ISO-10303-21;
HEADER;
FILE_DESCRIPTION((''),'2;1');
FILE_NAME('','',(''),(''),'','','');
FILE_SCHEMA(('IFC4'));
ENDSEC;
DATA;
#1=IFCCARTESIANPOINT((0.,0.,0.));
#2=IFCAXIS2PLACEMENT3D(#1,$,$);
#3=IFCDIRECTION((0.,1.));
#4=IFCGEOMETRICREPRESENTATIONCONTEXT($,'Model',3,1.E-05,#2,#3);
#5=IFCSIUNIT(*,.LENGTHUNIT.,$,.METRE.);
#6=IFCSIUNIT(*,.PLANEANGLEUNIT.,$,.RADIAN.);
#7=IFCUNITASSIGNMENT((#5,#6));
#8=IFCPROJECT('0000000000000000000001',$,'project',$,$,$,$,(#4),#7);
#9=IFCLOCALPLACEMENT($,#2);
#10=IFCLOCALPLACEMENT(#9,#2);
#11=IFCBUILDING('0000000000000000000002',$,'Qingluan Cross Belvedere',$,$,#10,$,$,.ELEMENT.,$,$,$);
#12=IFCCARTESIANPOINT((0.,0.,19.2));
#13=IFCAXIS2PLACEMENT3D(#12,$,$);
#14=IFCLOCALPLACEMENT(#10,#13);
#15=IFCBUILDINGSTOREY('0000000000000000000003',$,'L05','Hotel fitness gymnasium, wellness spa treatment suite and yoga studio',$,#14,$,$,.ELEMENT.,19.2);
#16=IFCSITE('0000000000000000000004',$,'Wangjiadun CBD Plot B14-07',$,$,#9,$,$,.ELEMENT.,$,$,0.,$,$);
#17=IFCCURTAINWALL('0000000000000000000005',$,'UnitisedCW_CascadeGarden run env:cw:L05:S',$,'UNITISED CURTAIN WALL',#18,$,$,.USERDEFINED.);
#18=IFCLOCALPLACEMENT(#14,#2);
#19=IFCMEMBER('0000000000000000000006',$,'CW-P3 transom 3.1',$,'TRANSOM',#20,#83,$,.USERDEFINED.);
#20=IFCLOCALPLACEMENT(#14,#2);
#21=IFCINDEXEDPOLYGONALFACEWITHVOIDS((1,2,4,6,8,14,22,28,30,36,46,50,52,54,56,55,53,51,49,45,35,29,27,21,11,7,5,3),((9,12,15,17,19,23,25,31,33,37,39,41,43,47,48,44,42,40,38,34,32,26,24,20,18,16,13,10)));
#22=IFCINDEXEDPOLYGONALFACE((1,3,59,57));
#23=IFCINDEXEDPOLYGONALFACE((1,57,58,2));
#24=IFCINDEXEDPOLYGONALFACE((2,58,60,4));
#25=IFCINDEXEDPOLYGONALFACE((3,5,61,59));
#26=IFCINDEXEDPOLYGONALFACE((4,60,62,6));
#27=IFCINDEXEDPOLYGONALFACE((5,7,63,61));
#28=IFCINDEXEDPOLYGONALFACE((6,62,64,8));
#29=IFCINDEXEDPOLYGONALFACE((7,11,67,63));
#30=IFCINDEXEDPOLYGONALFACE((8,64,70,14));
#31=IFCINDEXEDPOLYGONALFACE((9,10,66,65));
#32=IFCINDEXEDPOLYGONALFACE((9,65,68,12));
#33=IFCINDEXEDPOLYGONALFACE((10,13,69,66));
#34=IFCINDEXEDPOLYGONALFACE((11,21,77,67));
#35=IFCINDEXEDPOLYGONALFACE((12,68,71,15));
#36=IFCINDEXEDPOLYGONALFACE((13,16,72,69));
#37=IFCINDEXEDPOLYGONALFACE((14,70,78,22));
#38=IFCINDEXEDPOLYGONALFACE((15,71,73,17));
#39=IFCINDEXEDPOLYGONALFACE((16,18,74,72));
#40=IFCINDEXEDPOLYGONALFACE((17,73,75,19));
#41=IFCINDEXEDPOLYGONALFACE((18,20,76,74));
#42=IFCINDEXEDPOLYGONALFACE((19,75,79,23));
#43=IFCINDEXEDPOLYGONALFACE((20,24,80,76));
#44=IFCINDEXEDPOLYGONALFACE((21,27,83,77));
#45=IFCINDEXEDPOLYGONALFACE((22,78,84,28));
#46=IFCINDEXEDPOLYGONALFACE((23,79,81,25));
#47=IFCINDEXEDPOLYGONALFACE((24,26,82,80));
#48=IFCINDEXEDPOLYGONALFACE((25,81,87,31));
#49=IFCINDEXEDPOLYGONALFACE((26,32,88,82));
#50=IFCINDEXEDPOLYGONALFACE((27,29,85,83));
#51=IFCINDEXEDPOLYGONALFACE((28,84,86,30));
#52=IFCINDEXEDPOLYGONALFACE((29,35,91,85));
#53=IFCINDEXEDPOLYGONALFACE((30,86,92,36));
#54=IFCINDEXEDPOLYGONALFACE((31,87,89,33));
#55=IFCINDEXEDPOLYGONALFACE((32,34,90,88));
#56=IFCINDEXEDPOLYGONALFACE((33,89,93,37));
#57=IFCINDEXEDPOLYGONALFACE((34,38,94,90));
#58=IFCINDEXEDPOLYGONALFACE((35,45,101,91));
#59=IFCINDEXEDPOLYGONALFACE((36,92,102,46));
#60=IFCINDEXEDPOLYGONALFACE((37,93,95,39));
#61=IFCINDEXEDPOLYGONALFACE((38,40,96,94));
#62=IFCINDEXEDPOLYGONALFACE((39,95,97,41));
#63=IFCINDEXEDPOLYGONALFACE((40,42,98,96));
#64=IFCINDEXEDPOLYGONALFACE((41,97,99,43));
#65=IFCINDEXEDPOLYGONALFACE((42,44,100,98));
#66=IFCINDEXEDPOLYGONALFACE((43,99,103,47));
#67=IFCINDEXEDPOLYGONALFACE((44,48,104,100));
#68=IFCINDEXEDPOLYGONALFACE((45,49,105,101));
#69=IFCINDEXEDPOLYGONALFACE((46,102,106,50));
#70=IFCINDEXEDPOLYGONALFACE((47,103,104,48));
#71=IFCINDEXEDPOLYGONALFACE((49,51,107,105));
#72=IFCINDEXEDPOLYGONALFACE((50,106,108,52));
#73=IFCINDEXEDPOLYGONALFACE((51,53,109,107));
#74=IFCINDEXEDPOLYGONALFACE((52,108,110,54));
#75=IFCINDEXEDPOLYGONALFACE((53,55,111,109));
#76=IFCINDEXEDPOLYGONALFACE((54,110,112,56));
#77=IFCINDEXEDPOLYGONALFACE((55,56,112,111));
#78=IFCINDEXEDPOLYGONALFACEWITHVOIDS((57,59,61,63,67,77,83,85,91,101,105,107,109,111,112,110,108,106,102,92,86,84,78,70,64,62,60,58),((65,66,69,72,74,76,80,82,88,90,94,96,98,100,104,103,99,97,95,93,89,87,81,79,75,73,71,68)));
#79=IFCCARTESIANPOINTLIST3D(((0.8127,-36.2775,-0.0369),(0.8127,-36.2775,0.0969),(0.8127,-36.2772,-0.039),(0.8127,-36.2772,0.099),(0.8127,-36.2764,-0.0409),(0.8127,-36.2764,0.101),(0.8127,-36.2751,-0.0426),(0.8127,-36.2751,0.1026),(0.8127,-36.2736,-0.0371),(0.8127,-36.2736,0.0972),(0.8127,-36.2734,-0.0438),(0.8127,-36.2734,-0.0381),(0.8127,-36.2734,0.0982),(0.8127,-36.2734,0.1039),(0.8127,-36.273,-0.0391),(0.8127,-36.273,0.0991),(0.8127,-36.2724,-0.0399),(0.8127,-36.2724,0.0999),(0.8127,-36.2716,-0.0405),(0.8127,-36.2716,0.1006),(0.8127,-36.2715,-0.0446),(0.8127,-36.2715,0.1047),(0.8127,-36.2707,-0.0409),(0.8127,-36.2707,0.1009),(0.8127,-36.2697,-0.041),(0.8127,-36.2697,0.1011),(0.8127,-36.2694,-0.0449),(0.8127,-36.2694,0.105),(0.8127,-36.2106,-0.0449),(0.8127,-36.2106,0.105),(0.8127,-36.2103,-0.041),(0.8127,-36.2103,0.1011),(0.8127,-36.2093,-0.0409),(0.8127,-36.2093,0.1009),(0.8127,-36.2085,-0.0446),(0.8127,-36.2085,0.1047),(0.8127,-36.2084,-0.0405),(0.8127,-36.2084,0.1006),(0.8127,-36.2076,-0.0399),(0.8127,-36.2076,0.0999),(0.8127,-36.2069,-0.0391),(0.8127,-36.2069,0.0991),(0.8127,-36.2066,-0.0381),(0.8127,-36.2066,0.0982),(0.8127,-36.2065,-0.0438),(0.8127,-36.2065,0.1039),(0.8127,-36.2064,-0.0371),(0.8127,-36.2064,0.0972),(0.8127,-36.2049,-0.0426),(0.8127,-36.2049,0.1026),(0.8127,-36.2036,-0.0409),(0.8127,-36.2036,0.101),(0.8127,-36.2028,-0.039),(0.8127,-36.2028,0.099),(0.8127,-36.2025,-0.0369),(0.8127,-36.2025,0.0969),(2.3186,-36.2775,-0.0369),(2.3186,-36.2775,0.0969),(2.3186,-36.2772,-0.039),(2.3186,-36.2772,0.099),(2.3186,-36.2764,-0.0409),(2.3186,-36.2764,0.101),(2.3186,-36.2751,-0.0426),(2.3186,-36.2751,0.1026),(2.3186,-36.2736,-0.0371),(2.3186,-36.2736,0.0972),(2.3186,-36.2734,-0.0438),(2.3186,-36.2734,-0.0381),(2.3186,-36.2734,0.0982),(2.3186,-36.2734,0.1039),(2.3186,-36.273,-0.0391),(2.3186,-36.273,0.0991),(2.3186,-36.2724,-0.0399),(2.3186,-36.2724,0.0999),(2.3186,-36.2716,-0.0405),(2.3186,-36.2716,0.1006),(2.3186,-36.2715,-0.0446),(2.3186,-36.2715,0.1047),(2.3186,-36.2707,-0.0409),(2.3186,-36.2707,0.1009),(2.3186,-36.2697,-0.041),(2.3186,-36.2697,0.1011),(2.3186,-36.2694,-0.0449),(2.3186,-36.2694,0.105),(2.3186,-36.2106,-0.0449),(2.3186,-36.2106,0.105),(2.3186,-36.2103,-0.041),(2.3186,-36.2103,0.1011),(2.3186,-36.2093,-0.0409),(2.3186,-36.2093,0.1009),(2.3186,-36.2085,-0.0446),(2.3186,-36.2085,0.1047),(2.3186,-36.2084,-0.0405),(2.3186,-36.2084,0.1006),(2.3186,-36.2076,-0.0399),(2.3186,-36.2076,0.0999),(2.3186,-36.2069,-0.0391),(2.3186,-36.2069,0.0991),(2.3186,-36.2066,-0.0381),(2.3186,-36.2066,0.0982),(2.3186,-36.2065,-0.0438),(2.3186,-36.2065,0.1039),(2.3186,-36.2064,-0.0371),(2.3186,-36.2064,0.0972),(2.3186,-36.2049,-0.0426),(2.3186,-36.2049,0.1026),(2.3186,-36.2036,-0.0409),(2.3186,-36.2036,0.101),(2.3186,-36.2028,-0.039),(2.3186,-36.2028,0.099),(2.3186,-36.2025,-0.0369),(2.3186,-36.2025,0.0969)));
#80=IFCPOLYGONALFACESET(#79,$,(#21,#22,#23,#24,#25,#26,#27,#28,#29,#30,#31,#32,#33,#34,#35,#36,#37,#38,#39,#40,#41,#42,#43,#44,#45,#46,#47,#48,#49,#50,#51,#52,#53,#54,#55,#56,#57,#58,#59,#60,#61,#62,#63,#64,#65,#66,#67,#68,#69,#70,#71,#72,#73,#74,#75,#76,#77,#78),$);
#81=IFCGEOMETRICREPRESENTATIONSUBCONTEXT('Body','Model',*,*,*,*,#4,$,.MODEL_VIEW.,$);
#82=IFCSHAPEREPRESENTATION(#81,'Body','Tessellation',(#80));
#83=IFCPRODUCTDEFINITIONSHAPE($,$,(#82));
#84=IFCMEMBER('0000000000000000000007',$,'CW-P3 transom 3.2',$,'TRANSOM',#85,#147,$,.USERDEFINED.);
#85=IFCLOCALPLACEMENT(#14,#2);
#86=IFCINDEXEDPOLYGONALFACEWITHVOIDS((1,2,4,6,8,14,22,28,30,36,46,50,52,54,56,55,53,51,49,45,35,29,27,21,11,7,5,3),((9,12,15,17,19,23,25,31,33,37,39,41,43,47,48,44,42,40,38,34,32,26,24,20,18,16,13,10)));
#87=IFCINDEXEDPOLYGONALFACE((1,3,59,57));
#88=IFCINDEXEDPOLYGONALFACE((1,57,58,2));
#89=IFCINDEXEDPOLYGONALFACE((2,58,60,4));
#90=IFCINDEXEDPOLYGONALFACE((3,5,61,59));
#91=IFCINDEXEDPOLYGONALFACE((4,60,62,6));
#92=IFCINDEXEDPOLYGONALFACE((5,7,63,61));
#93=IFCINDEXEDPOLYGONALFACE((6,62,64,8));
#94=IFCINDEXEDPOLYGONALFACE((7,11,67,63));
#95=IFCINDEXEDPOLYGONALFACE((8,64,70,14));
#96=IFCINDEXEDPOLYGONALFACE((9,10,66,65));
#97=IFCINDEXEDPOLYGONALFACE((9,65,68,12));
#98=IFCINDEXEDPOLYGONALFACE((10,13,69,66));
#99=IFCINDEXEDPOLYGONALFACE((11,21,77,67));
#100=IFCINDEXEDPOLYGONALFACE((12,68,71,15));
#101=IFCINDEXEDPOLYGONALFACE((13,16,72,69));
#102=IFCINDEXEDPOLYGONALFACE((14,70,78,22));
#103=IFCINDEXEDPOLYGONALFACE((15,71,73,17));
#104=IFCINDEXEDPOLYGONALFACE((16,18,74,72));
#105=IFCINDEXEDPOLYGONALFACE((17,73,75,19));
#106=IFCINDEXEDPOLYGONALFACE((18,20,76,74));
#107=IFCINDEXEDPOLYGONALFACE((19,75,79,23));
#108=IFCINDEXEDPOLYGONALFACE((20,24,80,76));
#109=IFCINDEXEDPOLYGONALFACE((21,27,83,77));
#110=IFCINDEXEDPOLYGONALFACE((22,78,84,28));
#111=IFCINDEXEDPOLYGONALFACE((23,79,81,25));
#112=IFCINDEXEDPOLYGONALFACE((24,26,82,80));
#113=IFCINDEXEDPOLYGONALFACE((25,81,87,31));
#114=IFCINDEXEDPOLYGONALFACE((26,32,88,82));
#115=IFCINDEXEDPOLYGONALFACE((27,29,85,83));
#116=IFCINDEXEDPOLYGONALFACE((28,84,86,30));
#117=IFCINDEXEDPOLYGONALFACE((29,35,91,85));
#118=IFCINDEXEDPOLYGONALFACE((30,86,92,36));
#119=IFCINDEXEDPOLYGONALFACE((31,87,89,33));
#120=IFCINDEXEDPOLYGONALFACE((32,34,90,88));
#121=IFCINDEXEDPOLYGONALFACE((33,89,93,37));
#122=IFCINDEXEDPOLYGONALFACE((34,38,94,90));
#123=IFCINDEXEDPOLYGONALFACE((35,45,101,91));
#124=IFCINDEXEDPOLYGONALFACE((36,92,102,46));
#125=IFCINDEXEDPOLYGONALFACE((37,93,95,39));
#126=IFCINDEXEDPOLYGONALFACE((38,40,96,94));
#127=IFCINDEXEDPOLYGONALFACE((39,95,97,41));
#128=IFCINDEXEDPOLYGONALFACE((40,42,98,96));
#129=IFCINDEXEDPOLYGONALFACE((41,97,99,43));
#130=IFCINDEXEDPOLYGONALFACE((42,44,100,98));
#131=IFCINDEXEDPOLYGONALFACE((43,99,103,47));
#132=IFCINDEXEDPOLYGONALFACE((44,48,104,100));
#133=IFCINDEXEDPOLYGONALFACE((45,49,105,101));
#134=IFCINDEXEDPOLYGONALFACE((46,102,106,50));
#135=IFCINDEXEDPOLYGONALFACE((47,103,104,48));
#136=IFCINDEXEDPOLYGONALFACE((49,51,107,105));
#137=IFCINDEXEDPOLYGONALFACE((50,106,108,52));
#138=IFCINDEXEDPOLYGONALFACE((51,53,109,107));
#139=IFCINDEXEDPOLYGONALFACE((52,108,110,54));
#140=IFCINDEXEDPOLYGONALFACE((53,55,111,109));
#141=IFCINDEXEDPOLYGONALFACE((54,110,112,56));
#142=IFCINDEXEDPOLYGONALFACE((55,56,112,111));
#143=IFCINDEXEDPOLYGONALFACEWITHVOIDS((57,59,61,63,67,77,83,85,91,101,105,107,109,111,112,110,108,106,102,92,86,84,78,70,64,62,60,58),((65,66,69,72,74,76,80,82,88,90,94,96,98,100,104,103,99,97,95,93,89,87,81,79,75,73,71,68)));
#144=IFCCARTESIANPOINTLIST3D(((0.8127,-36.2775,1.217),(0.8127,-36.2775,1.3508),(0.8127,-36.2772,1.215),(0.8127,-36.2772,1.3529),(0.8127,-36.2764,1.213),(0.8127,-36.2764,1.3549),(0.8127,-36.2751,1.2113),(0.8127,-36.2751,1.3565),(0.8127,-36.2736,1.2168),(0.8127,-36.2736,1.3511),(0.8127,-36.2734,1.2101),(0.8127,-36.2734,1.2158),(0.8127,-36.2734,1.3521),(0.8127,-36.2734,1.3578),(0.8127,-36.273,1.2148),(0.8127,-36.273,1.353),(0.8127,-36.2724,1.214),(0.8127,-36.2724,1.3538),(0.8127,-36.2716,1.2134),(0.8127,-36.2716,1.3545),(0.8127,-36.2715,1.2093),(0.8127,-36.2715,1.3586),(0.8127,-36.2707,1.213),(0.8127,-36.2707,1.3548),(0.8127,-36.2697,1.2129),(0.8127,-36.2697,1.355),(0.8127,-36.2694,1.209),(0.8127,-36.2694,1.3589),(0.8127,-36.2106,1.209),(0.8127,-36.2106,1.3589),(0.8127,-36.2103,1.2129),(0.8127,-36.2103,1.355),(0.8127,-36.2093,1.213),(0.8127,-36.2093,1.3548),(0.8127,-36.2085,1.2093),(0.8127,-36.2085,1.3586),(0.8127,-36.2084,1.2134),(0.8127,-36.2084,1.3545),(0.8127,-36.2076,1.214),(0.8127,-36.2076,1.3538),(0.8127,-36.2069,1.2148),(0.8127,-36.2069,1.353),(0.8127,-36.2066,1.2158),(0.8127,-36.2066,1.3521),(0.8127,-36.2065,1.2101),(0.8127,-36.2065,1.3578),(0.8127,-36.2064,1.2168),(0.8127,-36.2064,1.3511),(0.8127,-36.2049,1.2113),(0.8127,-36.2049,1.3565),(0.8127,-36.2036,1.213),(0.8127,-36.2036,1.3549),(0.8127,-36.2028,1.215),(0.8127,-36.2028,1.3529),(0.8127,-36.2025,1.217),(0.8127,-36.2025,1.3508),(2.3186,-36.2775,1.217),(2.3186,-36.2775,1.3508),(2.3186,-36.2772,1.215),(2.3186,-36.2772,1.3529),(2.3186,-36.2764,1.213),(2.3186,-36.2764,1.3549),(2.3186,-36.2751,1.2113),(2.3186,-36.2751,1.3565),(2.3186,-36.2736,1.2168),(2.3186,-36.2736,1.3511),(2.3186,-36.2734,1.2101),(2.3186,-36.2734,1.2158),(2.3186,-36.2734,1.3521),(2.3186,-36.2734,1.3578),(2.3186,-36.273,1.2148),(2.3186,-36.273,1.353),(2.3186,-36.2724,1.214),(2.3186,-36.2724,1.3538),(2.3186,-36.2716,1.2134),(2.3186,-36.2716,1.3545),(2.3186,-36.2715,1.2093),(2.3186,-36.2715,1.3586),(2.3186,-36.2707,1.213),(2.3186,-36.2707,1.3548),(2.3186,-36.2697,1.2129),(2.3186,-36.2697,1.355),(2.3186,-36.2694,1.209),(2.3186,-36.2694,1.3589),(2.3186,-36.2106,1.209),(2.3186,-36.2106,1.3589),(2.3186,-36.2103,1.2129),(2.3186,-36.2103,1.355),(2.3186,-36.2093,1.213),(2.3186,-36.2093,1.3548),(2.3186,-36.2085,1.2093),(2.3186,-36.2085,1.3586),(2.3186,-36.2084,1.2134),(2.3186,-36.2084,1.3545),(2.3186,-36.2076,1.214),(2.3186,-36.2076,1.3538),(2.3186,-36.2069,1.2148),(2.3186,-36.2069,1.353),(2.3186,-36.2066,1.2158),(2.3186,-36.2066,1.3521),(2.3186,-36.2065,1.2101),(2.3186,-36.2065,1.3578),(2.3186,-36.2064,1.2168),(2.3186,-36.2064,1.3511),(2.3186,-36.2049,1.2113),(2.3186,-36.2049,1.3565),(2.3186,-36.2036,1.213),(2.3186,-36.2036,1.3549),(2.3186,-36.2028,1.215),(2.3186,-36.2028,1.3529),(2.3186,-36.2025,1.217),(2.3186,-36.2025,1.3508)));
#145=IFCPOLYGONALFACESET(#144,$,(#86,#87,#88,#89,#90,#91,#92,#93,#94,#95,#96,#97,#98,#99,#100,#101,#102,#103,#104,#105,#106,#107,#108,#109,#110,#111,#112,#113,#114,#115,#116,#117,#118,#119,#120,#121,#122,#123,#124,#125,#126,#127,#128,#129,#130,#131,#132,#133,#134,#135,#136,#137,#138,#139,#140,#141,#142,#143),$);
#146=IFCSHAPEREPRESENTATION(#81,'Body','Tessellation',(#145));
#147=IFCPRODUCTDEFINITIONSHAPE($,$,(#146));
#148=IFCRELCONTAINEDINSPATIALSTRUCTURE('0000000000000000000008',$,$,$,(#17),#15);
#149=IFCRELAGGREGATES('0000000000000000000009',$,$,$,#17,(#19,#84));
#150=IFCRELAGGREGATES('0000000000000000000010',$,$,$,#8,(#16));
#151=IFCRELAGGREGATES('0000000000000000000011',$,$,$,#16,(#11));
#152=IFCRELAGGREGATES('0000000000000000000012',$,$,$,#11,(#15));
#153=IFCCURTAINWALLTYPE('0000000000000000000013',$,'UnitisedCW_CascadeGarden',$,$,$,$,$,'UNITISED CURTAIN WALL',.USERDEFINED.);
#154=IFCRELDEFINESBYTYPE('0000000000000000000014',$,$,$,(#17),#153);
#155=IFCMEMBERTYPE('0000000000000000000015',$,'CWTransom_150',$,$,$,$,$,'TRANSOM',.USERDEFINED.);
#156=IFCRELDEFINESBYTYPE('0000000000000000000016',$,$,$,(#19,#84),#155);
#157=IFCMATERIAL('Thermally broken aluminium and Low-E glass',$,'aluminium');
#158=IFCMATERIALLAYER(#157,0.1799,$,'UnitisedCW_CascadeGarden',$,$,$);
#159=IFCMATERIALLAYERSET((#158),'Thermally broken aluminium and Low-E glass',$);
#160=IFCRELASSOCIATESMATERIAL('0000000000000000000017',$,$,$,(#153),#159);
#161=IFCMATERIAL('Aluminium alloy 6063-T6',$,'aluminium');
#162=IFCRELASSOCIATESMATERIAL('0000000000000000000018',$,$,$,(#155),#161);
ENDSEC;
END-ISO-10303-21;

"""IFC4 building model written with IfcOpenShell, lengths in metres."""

from ifc_helpers import new_model, si_unit, direction, frame, origin, origin_2d, place, context, subcontext, project, spatial, hollow_rectangle, extrude, material, layer, layer_set, material_profile, profile_set, type_object, element, aggregate, save


model = new_model("IFC4")

# Units and contexts
model_context = context("Model", 3, precision=1e-05, world=origin(), true_north=direction((0.0, 1.0)))
body_context = subcontext(model_context, "Body", "Model", "MODEL_VIEW")
ifc_project = project(units=[si_unit("LENGTHUNIT", "METRE"), si_unit("PLANEANGLEUNIT", "RADIAN")], contexts=[model_context])

# Site, building, storey
site_placement = place(None, origin())
site = spatial("IfcSite", under=ifc_project, at=site_placement, Name="Wangjiadun CBD Plot B14-07", CompositionType="ELEMENT", RefElevation=0.0)
building_placement = place(site_placement, origin())
building = spatial("IfcBuilding", under=site, at=building_placement, Name="Qingluan Cross Belvedere", CompositionType="ELEMENT")
storey_placement = place(building_placement, frame((0.0, 0.0, 19.2)))
storey = spatial("IfcBuildingStorey", under=building, at=storey_placement, Name="L05", Description="Hotel fitness gymnasium, wellness spa treatment suite and yoga studio", CompositionType="ELEMENT", Elevation=19.2)

# Curtain wall, members
ifc_material_1 = material(Name="Thermally broken aluminium and Low-E glass", Category="aluminium")
ifc_layer_1 = layer(ifc_material_1, 0.1799, Name="UnitisedCW_CascadeGarden")
ifc_layer_set_1 = layer_set([ifc_layer_1], Name="Thermally broken aluminium and Low-E glass")
curtain_wall_type = type_object("IfcCurtainWallType", Name="UnitisedCW_CascadeGarden", ElementType="UNITISED CURTAIN WALL", PredefinedType="USERDEFINED", material=ifc_layer_set_1)
curtain_wall_placement = place(storey_placement, origin())
curtain_wall = element("IfcCurtainWall", 1, at=curtain_wall_placement, inside=storey, type_object=curtain_wall_type, Name="UnitisedCW_CascadeGarden run env:cw:L05:S", ObjectType="UNITISED CURTAIN WALL", PredefinedType="USERDEFINED")
ifc_material_2 = material(Name="Aluminium alloy 6063-T6", Category="aluminium")
ifc_material_profile_1 = material_profile(ifc_material_2, hollow_rectangle(XDim=0.075, YDim=0.1499, WallThickness=0.0039, InnerFilletRadius=0.0039, OuterFilletRadius=0.0081, at=origin_2d()), Name="CWT150x75x4")
ifc_profile_set_1 = profile_set([ifc_material_profile_1], Name="Aluminium alloy 6063-T6")
member_type_1 = type_object("IfcMemberType", Name="CWTransom_150", ElementType="TRANSOM", PredefinedType="USERDEFINED", material=ifc_profile_set_1)
member_1_placement = place(storey_placement, frame((2.3186, -36.24, 0.03), z_axis=(-1.0, 0.0, 0.0), x_axis=(0.0, -1.0, 0.0)))
member_1 = element("IfcMember", 2, at=member_1_placement, type_object=member_type_1, Name="CW-P3 transom 3.1", ObjectType="TRANSOM", PredefinedType="USERDEFINED", context=body_context, shape_type="SweptSolid", body=[
    extrude(hollow_rectangle(XDim=0.075, YDim=0.1499, WallThickness=0.0039, InnerFilletRadius=0.0039, OuterFilletRadius=0.0081, at=origin_2d()), origin(), (0.0, 0.0, 1.0), 1.5059),
])
member_2_placement = place(storey_placement, frame((2.3186, -36.24, 1.2839), z_axis=(-1.0, 0.0, 0.0), x_axis=(0.0, -1.0, 0.0)))
member_2 = element("IfcMember", 3, at=member_2_placement, type_object=member_type_1, Name="CW-P3 transom 3.2", ObjectType="TRANSOM", PredefinedType="USERDEFINED", context=body_context, shape_type="SweptSolid", body=[
    extrude(hollow_rectangle(XDim=0.075, YDim=0.1499, WallThickness=0.0039, InnerFilletRadius=0.0039, OuterFilletRadius=0.0081, at=origin_2d()), origin(), (0.0, 0.0, 1.0), 1.5059),
])
aggregate(curtain_wall, [member_1, member_2])

save(model, "model.ifc")
